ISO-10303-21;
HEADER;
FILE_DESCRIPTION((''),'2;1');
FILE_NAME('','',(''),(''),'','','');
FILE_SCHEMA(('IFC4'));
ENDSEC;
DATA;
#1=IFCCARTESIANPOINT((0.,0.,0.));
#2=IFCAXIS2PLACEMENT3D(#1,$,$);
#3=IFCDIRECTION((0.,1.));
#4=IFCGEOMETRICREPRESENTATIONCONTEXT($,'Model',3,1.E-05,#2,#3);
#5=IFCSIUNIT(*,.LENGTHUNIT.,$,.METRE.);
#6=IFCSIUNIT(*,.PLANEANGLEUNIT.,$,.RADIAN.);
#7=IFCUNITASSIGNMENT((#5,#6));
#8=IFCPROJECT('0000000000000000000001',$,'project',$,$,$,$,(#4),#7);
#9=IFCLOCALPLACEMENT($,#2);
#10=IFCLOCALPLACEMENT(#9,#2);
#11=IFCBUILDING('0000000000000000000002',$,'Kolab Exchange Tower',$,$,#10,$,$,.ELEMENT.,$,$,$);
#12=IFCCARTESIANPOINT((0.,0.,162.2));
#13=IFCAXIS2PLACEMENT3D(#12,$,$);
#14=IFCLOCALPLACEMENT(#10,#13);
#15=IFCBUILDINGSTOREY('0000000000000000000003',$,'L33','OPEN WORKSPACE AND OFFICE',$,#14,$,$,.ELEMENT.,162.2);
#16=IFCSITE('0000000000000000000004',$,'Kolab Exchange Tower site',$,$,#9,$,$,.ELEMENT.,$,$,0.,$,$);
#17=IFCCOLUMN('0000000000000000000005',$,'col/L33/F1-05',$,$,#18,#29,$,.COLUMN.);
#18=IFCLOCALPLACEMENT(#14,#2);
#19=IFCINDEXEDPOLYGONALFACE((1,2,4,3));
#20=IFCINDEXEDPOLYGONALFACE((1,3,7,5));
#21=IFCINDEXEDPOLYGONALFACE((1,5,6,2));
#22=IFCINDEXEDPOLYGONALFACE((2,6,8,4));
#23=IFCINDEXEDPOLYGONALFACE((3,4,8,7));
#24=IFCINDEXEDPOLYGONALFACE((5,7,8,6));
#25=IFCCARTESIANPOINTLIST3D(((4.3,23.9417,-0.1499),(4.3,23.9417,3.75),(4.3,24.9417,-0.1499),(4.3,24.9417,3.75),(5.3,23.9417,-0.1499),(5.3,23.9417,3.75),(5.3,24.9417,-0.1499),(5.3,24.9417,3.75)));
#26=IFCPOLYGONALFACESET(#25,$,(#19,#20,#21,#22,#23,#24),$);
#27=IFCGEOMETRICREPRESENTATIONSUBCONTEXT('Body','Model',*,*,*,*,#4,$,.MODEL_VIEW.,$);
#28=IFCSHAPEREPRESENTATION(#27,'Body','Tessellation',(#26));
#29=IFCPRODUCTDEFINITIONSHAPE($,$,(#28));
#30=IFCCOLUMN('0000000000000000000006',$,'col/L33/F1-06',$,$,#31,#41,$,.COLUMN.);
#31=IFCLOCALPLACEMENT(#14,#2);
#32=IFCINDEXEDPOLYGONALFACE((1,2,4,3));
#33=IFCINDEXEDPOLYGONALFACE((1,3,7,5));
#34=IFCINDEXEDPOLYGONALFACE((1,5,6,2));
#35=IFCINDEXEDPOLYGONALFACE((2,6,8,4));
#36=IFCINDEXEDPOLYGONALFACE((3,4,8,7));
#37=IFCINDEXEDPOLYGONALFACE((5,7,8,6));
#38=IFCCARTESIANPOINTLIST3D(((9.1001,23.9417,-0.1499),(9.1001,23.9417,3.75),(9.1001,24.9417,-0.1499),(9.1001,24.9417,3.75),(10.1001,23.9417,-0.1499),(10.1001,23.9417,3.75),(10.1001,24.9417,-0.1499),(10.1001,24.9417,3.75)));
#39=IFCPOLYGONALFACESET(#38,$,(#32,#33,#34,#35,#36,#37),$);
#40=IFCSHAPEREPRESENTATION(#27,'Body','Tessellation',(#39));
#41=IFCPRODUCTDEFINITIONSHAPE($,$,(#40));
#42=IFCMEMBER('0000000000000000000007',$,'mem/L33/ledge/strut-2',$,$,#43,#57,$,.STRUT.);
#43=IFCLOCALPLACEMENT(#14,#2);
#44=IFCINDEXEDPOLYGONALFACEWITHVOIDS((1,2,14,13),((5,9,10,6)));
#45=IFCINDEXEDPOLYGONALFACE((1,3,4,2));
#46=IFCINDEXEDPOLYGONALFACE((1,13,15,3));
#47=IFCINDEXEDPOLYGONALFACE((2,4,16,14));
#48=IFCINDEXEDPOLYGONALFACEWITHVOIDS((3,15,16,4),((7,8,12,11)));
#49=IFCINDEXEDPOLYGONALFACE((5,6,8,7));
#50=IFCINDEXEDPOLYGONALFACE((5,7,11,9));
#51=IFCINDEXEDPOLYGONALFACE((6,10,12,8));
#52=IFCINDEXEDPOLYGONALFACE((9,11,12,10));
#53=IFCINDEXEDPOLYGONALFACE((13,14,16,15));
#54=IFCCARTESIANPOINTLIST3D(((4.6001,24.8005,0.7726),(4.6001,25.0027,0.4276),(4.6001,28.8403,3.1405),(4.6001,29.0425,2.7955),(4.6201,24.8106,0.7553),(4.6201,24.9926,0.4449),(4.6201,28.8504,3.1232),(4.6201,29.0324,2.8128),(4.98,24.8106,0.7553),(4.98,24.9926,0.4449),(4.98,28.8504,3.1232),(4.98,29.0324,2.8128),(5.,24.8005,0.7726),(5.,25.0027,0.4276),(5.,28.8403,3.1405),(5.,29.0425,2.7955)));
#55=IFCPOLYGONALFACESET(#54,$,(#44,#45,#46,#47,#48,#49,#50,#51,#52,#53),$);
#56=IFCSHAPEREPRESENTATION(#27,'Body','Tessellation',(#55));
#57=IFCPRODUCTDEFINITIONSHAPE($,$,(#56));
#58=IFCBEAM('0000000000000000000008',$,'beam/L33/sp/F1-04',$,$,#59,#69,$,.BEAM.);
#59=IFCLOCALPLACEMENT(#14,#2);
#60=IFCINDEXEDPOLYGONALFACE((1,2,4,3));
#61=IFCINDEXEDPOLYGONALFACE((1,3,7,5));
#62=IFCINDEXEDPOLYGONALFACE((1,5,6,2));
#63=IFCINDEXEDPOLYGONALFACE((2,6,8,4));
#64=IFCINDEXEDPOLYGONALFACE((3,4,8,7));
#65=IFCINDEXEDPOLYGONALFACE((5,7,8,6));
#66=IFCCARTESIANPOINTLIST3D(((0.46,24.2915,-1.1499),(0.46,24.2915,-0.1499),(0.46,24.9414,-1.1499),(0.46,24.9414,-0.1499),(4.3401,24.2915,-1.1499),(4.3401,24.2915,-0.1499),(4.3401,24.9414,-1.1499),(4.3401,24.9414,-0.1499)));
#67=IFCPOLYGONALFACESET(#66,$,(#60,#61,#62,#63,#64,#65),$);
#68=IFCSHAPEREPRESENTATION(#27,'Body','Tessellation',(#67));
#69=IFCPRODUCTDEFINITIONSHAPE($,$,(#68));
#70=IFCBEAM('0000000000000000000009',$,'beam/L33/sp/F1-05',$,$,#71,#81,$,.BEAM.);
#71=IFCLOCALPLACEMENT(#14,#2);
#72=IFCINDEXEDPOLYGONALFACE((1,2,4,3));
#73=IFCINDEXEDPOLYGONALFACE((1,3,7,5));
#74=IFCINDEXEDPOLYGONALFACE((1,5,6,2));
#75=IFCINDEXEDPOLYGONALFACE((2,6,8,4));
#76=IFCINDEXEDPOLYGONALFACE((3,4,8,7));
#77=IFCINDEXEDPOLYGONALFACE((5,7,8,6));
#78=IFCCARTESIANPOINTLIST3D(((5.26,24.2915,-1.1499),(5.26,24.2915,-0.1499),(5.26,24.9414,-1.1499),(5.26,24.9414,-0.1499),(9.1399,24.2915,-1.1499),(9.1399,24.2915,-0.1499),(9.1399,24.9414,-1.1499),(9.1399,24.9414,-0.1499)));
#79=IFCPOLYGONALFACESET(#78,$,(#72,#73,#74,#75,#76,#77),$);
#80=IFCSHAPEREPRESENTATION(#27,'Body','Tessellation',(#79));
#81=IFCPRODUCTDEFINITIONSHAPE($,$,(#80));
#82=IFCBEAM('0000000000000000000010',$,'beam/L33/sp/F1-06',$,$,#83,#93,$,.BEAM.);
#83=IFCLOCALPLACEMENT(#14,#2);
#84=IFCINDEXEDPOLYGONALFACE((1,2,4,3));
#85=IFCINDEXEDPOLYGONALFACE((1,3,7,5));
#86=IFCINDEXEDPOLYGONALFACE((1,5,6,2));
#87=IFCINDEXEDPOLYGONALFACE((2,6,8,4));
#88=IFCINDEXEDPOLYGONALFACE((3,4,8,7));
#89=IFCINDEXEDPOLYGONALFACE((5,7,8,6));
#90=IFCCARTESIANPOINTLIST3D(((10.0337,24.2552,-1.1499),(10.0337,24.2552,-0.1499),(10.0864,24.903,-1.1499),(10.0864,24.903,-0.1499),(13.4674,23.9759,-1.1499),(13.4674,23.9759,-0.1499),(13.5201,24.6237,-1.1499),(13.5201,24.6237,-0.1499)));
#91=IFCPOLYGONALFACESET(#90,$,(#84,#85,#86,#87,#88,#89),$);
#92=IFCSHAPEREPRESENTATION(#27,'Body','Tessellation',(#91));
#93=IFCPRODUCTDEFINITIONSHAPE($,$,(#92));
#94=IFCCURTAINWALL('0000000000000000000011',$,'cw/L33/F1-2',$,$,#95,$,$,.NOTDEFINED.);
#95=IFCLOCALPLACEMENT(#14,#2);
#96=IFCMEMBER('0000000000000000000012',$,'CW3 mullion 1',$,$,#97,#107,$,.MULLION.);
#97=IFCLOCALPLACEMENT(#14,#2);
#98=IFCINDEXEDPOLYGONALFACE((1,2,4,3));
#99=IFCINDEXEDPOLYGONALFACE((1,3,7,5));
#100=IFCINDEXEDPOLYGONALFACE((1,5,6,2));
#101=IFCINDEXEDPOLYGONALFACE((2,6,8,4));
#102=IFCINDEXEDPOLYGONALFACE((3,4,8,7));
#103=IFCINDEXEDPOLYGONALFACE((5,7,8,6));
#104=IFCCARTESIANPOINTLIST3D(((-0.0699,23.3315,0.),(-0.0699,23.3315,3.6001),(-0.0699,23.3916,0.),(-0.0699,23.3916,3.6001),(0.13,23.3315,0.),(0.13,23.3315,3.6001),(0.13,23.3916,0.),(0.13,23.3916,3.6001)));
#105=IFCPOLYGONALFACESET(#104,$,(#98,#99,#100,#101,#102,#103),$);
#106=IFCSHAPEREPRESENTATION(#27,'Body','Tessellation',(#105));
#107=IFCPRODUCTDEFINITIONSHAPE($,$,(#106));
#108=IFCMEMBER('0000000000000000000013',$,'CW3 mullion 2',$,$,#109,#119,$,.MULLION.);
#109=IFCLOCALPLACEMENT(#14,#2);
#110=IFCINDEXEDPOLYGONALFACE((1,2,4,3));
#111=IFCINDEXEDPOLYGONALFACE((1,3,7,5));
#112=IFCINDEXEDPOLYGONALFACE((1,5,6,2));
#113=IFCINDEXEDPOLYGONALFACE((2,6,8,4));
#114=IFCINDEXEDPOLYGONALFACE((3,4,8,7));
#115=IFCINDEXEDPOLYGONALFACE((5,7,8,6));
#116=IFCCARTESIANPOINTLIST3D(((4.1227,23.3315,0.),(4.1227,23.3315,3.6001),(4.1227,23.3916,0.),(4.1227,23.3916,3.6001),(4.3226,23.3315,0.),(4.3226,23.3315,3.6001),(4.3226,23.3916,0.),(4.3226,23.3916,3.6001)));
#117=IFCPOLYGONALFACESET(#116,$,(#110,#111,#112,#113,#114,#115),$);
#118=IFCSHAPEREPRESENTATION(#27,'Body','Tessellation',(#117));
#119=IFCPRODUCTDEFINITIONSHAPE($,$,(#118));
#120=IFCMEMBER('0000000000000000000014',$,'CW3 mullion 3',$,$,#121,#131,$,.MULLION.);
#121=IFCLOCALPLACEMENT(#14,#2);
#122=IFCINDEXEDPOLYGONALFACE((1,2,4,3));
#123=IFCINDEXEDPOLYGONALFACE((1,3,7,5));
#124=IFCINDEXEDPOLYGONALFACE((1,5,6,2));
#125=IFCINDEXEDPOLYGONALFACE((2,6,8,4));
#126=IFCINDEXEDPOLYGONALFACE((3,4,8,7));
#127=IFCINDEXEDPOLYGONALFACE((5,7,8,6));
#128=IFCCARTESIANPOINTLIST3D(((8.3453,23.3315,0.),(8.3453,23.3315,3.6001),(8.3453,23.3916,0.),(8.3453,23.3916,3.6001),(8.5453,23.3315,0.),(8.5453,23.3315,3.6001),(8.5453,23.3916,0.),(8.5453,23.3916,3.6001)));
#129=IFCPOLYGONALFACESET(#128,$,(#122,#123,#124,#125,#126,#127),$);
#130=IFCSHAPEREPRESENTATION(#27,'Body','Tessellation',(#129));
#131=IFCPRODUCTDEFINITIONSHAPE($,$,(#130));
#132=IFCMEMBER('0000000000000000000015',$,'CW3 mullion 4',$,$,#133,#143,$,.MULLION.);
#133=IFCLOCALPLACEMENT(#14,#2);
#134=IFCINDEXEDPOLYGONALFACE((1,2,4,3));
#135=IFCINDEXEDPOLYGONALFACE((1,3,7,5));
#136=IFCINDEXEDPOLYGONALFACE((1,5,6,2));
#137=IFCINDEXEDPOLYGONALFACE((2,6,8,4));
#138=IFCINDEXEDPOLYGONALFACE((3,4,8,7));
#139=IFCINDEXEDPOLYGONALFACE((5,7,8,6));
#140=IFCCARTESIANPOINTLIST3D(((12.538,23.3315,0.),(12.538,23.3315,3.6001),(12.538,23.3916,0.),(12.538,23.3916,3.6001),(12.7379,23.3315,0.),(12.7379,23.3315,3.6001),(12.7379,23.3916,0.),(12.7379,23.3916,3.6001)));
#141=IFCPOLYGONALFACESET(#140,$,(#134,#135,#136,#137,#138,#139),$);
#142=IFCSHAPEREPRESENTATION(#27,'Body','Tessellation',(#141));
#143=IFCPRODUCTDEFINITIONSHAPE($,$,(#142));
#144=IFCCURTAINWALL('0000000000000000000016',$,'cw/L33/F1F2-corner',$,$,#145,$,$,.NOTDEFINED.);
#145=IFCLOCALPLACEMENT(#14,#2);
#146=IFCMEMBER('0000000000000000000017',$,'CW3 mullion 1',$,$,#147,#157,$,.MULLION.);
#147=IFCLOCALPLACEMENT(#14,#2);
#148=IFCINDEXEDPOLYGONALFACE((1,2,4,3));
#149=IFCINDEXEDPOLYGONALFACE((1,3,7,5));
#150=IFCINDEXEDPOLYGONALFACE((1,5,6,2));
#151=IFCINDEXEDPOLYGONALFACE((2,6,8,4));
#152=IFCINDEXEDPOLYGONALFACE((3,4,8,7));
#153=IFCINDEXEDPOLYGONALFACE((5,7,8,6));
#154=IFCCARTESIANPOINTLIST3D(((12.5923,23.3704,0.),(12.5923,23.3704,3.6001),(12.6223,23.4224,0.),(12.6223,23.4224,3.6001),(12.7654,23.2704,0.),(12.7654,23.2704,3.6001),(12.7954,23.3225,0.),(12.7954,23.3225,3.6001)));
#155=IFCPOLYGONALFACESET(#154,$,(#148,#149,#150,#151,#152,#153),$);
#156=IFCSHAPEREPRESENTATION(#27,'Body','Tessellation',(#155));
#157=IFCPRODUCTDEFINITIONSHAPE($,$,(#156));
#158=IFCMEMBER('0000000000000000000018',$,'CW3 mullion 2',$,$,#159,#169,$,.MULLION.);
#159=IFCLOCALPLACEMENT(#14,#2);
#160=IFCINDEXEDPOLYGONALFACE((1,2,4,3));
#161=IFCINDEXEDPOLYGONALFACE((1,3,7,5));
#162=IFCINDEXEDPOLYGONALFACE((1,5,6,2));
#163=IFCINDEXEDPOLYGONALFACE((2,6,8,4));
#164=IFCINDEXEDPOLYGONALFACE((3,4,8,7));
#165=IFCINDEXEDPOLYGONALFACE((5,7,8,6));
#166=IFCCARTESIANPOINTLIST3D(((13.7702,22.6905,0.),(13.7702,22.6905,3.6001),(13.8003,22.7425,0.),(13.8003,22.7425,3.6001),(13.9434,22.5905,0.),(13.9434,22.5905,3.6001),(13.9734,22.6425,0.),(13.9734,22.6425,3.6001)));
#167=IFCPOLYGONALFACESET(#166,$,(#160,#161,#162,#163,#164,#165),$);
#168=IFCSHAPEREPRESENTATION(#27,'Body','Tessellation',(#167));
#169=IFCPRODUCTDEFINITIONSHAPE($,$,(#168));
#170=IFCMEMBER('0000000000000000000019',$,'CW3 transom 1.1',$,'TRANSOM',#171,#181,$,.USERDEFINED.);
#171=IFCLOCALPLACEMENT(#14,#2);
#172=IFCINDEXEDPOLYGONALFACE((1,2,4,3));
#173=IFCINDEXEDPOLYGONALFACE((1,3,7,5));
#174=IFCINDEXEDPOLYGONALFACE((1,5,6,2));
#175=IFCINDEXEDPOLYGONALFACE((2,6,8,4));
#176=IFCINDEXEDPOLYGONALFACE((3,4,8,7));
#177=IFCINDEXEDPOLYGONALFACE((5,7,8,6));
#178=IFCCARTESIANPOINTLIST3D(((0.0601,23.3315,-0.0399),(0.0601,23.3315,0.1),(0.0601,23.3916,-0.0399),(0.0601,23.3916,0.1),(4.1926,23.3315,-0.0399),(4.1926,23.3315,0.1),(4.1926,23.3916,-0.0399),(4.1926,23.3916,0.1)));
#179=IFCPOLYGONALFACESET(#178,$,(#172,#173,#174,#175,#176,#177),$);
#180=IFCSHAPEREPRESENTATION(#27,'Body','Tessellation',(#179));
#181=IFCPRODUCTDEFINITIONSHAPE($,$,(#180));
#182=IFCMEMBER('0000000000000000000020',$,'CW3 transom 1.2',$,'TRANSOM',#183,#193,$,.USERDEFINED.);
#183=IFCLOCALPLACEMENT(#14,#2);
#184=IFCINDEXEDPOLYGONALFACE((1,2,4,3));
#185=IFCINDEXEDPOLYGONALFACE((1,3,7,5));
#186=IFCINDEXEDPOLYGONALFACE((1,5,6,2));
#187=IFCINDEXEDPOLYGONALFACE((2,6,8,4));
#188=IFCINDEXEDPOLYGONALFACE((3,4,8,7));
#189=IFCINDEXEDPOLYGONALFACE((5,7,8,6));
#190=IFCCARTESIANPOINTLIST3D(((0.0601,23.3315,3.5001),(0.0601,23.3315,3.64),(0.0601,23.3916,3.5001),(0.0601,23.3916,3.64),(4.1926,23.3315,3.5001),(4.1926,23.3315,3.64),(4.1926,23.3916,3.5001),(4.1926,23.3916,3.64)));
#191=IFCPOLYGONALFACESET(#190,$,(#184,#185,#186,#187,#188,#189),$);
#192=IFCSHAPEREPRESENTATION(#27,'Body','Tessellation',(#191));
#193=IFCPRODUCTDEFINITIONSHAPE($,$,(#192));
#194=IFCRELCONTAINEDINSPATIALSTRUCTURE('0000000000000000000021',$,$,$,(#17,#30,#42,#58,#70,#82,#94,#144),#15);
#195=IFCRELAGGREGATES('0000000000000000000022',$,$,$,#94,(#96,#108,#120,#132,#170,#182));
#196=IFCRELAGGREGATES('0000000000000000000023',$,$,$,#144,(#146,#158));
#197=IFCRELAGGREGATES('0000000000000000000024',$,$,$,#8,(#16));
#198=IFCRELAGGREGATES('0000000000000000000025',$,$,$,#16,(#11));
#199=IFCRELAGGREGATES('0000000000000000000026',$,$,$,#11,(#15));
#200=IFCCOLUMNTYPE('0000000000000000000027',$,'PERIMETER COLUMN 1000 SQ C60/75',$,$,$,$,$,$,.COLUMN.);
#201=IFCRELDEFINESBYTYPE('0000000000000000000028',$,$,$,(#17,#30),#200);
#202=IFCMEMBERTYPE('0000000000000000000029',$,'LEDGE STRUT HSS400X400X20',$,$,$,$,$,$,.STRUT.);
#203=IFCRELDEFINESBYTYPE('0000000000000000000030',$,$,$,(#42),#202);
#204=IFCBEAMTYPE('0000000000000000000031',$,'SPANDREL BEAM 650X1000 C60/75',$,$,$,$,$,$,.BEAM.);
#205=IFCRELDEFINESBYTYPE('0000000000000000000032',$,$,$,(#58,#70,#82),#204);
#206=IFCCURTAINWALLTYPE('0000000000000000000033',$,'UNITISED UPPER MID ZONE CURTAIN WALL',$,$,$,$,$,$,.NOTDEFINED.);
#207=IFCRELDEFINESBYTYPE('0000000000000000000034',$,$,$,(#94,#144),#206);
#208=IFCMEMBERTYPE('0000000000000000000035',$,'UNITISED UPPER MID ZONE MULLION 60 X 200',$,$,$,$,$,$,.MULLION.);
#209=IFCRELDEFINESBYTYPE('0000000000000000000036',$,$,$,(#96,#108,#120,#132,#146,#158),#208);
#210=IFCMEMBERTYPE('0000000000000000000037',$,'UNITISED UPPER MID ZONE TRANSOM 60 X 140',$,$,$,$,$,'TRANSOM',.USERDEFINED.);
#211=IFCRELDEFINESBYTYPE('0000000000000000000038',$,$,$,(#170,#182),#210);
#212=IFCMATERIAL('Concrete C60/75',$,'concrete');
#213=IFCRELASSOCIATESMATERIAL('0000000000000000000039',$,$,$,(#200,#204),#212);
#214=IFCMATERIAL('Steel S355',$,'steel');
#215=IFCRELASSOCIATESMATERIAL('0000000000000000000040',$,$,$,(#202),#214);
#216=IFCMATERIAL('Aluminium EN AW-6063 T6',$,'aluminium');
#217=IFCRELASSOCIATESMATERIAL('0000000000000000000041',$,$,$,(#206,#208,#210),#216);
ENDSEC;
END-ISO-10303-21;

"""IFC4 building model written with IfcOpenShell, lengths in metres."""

from ifc_helpers import new_model, si_unit, direction, frame, origin, origin_2d, place, context, subcontext, project, spatial, rectangle, hollow_rectangle, extrude, material, material_profile, profile_set, type_object, element, aggregate, save


model = new_model("IFC4")

# Units and contexts
model_context = context("Model", 3, precision=1e-05, world=origin(), true_north=direction((0.0, 1.0)))
body_context = subcontext(model_context, "Body", "Model", "MODEL_VIEW")
ifc_project = project(units=[si_unit("LENGTHUNIT", "METRE"), si_unit("PLANEANGLEUNIT", "RADIAN")], contexts=[model_context])

# Site, building, storey
site_placement = place(None, origin())
site = spatial("IfcSite", under=ifc_project, at=site_placement, Name="Kolab Exchange Tower site", CompositionType="ELEMENT", RefElevation=0.0)
building_placement = place(site_placement, origin())
building = spatial("IfcBuilding", under=site, at=building_placement, Name="Kolab Exchange Tower", CompositionType="ELEMENT")
storey_placement = place(building_placement, frame((0.0, 0.0, 162.2)))
storey = spatial("IfcBuildingStorey", under=building, at=storey_placement, Name="L33", Description="OPEN WORKSPACE AND OFFICE", CompositionType="ELEMENT", Elevation=162.2)

# Columns
ifc_material_1 = material(Name="Concrete C60/75", Category="concrete")
ifc_material_profile_1 = material_profile(ifc_material_1, rectangle(XDim=1.0, YDim=1.0, at=origin_2d()), Name="RC1000")
ifc_profile_set_1 = profile_set([ifc_material_profile_1], Name="Concrete C60/75")
column_type = type_object("IfcColumnType", Name="PERIMETER COLUMN 1000 SQ C60/75", PredefinedType="COLUMN", material=ifc_profile_set_1)
for number, where, z_axis, x_axis, name in (
    (1, (4.8, 24.4417, -0.1499), (0.0, 0.0, 1.0), (1.0, 0.0, 0.0), "col/L33/F1-05"),
    (2, (9.6001, 24.4417, -0.1499), (0.0, 0.0, 1.0), (1.0, 0.0, 0.0), "col/L33/F1-06"),
):
    element("IfcColumn", number, at=place(storey_placement, frame(where, z_axis=z_axis, x_axis=x_axis)), inside=storey, type_object=column_type, Name=name, PredefinedType="COLUMN", context=body_context, shape_type="SweptSolid", body=[
        extrude(rectangle(XDim=1.0, YDim=1.0, at=origin_2d()), origin(), (0.0, 0.0, 1.0), 3.8999),
    ])

# Member
ifc_material_2 = material(Name="Steel S355", Category="steel")
ifc_material_profile_2 = material_profile(ifc_material_2, hollow_rectangle(XDim=0.3999, YDim=0.3999, WallThickness=0.02, at=origin_2d()), Name="HSS400X400X20")
ifc_profile_set_2 = profile_set([ifc_material_profile_2], Name="Steel S355")
member_type_1 = type_object("IfcMemberType", Name="LEDGE STRUT HSS400X400X20", PredefinedType="STRUT", material=ifc_profile_set_2)
member_1_placement = place(storey_placement, frame((4.8, 24.9016, 0.6001), z_axis=(0.0, 0.86272, 0.505682), x_axis=(-1.0, 0.0, 0.0)))
element("IfcMember", 3, at=member_1_placement, inside=storey, type_object=member_type_1, Name="mem/L33/ledge/strut-2", PredefinedType="STRUT", context=body_context, shape_type="SweptSolid", body=[
    extrude(hollow_rectangle(XDim=0.3999, YDim=0.3999, WallThickness=0.02, at=origin_2d()), origin(), (0.0, 0.0, 1.0), 4.6826),
])

# Beams
ifc_material_profile_3 = material_profile(ifc_material_1, rectangle(XDim=0.6499, YDim=1.0, at=origin_2d()), Name="RC650X1000")
ifc_profile_set_3 = profile_set([ifc_material_profile_3], Name="Concrete C60/75")
beam_type = type_object("IfcBeamType", Name="SPANDREL BEAM 650X1000 C60/75", PredefinedType="BEAM", material=ifc_profile_set_3)
beam_1_placement = place(storey_placement, frame((0.46, 24.6165, -0.6499), z_axis=(1.0, 0.0, 0.0), x_axis=(0.0, 1.0, 0.0)))
element("IfcBeam", 4, at=beam_1_placement, inside=storey, type_object=beam_type, Name="beam/L33/sp/F1-04", PredefinedType="BEAM", context=body_context, shape_type="SweptSolid", body=[
    extrude(rectangle(XDim=0.6499, YDim=1.0, at=origin_2d()), origin(), (0.0, 0.0, 1.0), 3.8801),
])
beam_2_placement = place(storey_placement, frame((5.26, 24.6165, -0.6499), z_axis=(1.0, 0.0, 0.0), x_axis=(0.0, 1.0, 0.0)))
element("IfcBeam", 5, at=beam_2_placement, inside=storey, type_object=beam_type, Name="beam/L33/sp/F1-05", PredefinedType="BEAM", context=body_context, shape_type="SweptSolid", body=[
    extrude(rectangle(XDim=0.6499, YDim=1.0, at=origin_2d()), origin(), (0.0, 0.0, 1.0), 3.8799),
])
beam_3_placement = place(storey_placement, frame((10.0601, 24.5791, -0.6499), z_axis=(0.996708, -0.081069, 0.0), x_axis=(0.081069, 0.996708, 0.0)))
element("IfcBeam", 6, at=beam_3_placement, inside=storey, type_object=beam_type, Name="beam/L33/sp/F1-06", PredefinedType="BEAM", context=body_context, shape_type="SweptSolid", body=[
    extrude(rectangle(XDim=0.6499, YDim=1.0, at=origin_2d()), origin(), (0.0, 0.0, 1.0), 3.4451),
])

# Curtain walls, members
ifc_material_3 = material(Name="Aluminium EN AW-6063 T6", Category="aluminium")
curtain_wall_type = type_object("IfcCurtainWallType", Name="UNITISED UPPER MID ZONE CURTAIN WALL", PredefinedType="NOTDEFINED", material=ifc_material_3)
curtain_wall_1_placement = place(storey_placement, origin())
curtain_wall_1 = element("IfcCurtainWall", 7, at=curtain_wall_1_placement, inside=storey, type_object=curtain_wall_type, Name="cw/L33/F1-2", PredefinedType="NOTDEFINED")
ifc_material_profile_4 = material_profile(ifc_material_3, rectangle(XDim=0.0601, YDim=0.2, at=origin_2d()), Name="RECT 60X200")
ifc_profile_set_4 = profile_set([ifc_material_profile_4], Name="Aluminium EN AW-6063 T6")
member_type_2 = type_object("IfcMemberType", Name="UNITISED UPPER MID ZONE MULLION 60 X 200", PredefinedType="MULLION", material=ifc_profile_set_4)
member_2_placement = place(storey_placement, frame((0.03, 23.3616, 0.0), z_axis=(0.0, 0.0, 1.0), x_axis=(0.0, 1.0, 0.0)))
member_2 = element("IfcMember", 8, at=member_2_placement, type_object=member_type_2, Name="CW3 mullion 1", PredefinedType="MULLION", context=body_context, shape_type="SweptSolid", body=[
    extrude(rectangle(XDim=0.0601, YDim=0.2, at=origin_2d()), origin(), (0.0, 0.0, 1.0), 3.6001),
])
member_3_placement = place(storey_placement, frame((4.2227, 23.3616, 0.0), z_axis=(0.0, 0.0, 1.0), x_axis=(0.0, 1.0, 0.0)))
member_3 = element("IfcMember", 9, at=member_3_placement, type_object=member_type_2, Name="CW3 mullion 2", PredefinedType="MULLION", context=body_context, shape_type="SweptSolid", body=[
    extrude(rectangle(XDim=0.0601, YDim=0.2, at=origin_2d()), origin(), (0.0, 0.0, 1.0), 3.6001),
])
member_4_placement = place(storey_placement, frame((8.4453, 23.3616, 0.0), z_axis=(0.0, 0.0, 1.0), x_axis=(0.0, 1.0, 0.0)))
member_4 = element("IfcMember", 10, at=member_4_placement, type_object=member_type_2, Name="CW3 mullion 3", PredefinedType="MULLION", context=body_context, shape_type="SweptSolid", body=[
    extrude(rectangle(XDim=0.0601, YDim=0.2, at=origin_2d()), origin(), (0.0, 0.0, 1.0), 3.6001),
])
member_5_placement = place(storey_placement, frame((12.6379, 23.3616, 0.0), z_axis=(0.0, 0.0, 1.0), x_axis=(0.0, 1.0, 0.0)))
member_5 = element("IfcMember", 11, at=member_5_placement, type_object=member_type_2, Name="CW3 mullion 4", PredefinedType="MULLION", context=body_context, shape_type="SweptSolid", body=[
    extrude(rectangle(XDim=0.0601, YDim=0.2, at=origin_2d()), origin(), (0.0, 0.0, 1.0), 3.6001),
])
curtain_wall_2_placement = place(storey_placement, origin())
curtain_wall_2 = element("IfcCurtainWall", 12, at=curtain_wall_2_placement, inside=storey, type_object=curtain_wall_type, Name="cw/L33/F1F2-corner", PredefinedType="NOTDEFINED")
member_6_placement = place(storey_placement, frame((12.6938, 23.3464, 0.0), z_axis=(0.0, 0.0, 1.0), x_axis=(0.5, 0.866025, 0.0)))
member_6 = element("IfcMember", 13, at=member_6_placement, type_object=member_type_2, Name="CW3 mullion 1", PredefinedType="MULLION", context=body_context, shape_type="SweptSolid", body=[
    extrude(rectangle(XDim=0.0601, YDim=0.2, at=origin_2d()), origin(), (0.0, 0.0, 1.0), 3.6001),
])
member_7_placement = place(storey_placement, frame((13.8718, 22.6665, 0.0), z_axis=(0.0, 0.0, 1.0), x_axis=(0.5, 0.866025, 0.0)))
member_7 = element("IfcMember", 14, at=member_7_placement, type_object=member_type_2, Name="CW3 mullion 2", PredefinedType="MULLION", context=body_context, shape_type="SweptSolid", body=[
    extrude(rectangle(XDim=0.0601, YDim=0.2, at=origin_2d()), origin(), (0.0, 0.0, 1.0), 3.6001),
])

# Members
ifc_material_profile_5 = material_profile(ifc_material_3, rectangle(XDim=0.0601, YDim=0.1399, at=origin_2d()), Name="RECT 60X140")
ifc_profile_set_5 = profile_set([ifc_material_profile_5], Name="Aluminium EN AW-6063 T6")
member_type_3 = type_object("IfcMemberType", Name="UNITISED UPPER MID ZONE TRANSOM 60 X 140", ElementType="TRANSOM", PredefinedType="USERDEFINED", material=ifc_profile_set_5)
member_8_placement = place(storey_placement, frame((0.0601, 23.3616, 0.03), z_axis=(1.0, 0.0, 0.0), x_axis=(0.0, 1.0, 0.0)))
member_8 = element("IfcMember", 15, at=member_8_placement, type_object=member_type_3, Name="CW3 transom 1.1", ObjectType="TRANSOM", PredefinedType="USERDEFINED", context=body_context, shape_type="SweptSolid", body=[
    extrude(rectangle(XDim=0.0601, YDim=0.1399, at=origin_2d()), origin(), (0.0, 0.0, 1.0), 4.1326),
])
member_9_placement = place(storey_placement, frame((0.0601, 23.3616, 3.5701), z_axis=(1.0, 0.0, 0.0), x_axis=(0.0, 1.0, 0.0)))
member_9 = element("IfcMember", 16, at=member_9_placement, type_object=member_type_3, Name="CW3 transom 1.2", ObjectType="TRANSOM", PredefinedType="USERDEFINED", context=body_context, shape_type="SweptSolid", body=[
    extrude(rectangle(XDim=0.0601, YDim=0.1399, at=origin_2d()), origin(), (0.0, 0.0, 1.0), 4.1326),
])

aggregate(curtain_wall_1, [member_2, member_3, member_4, member_5, member_8, member_9])
aggregate(curtain_wall_2, [member_6, member_7])

save(model, "model.ifc")
